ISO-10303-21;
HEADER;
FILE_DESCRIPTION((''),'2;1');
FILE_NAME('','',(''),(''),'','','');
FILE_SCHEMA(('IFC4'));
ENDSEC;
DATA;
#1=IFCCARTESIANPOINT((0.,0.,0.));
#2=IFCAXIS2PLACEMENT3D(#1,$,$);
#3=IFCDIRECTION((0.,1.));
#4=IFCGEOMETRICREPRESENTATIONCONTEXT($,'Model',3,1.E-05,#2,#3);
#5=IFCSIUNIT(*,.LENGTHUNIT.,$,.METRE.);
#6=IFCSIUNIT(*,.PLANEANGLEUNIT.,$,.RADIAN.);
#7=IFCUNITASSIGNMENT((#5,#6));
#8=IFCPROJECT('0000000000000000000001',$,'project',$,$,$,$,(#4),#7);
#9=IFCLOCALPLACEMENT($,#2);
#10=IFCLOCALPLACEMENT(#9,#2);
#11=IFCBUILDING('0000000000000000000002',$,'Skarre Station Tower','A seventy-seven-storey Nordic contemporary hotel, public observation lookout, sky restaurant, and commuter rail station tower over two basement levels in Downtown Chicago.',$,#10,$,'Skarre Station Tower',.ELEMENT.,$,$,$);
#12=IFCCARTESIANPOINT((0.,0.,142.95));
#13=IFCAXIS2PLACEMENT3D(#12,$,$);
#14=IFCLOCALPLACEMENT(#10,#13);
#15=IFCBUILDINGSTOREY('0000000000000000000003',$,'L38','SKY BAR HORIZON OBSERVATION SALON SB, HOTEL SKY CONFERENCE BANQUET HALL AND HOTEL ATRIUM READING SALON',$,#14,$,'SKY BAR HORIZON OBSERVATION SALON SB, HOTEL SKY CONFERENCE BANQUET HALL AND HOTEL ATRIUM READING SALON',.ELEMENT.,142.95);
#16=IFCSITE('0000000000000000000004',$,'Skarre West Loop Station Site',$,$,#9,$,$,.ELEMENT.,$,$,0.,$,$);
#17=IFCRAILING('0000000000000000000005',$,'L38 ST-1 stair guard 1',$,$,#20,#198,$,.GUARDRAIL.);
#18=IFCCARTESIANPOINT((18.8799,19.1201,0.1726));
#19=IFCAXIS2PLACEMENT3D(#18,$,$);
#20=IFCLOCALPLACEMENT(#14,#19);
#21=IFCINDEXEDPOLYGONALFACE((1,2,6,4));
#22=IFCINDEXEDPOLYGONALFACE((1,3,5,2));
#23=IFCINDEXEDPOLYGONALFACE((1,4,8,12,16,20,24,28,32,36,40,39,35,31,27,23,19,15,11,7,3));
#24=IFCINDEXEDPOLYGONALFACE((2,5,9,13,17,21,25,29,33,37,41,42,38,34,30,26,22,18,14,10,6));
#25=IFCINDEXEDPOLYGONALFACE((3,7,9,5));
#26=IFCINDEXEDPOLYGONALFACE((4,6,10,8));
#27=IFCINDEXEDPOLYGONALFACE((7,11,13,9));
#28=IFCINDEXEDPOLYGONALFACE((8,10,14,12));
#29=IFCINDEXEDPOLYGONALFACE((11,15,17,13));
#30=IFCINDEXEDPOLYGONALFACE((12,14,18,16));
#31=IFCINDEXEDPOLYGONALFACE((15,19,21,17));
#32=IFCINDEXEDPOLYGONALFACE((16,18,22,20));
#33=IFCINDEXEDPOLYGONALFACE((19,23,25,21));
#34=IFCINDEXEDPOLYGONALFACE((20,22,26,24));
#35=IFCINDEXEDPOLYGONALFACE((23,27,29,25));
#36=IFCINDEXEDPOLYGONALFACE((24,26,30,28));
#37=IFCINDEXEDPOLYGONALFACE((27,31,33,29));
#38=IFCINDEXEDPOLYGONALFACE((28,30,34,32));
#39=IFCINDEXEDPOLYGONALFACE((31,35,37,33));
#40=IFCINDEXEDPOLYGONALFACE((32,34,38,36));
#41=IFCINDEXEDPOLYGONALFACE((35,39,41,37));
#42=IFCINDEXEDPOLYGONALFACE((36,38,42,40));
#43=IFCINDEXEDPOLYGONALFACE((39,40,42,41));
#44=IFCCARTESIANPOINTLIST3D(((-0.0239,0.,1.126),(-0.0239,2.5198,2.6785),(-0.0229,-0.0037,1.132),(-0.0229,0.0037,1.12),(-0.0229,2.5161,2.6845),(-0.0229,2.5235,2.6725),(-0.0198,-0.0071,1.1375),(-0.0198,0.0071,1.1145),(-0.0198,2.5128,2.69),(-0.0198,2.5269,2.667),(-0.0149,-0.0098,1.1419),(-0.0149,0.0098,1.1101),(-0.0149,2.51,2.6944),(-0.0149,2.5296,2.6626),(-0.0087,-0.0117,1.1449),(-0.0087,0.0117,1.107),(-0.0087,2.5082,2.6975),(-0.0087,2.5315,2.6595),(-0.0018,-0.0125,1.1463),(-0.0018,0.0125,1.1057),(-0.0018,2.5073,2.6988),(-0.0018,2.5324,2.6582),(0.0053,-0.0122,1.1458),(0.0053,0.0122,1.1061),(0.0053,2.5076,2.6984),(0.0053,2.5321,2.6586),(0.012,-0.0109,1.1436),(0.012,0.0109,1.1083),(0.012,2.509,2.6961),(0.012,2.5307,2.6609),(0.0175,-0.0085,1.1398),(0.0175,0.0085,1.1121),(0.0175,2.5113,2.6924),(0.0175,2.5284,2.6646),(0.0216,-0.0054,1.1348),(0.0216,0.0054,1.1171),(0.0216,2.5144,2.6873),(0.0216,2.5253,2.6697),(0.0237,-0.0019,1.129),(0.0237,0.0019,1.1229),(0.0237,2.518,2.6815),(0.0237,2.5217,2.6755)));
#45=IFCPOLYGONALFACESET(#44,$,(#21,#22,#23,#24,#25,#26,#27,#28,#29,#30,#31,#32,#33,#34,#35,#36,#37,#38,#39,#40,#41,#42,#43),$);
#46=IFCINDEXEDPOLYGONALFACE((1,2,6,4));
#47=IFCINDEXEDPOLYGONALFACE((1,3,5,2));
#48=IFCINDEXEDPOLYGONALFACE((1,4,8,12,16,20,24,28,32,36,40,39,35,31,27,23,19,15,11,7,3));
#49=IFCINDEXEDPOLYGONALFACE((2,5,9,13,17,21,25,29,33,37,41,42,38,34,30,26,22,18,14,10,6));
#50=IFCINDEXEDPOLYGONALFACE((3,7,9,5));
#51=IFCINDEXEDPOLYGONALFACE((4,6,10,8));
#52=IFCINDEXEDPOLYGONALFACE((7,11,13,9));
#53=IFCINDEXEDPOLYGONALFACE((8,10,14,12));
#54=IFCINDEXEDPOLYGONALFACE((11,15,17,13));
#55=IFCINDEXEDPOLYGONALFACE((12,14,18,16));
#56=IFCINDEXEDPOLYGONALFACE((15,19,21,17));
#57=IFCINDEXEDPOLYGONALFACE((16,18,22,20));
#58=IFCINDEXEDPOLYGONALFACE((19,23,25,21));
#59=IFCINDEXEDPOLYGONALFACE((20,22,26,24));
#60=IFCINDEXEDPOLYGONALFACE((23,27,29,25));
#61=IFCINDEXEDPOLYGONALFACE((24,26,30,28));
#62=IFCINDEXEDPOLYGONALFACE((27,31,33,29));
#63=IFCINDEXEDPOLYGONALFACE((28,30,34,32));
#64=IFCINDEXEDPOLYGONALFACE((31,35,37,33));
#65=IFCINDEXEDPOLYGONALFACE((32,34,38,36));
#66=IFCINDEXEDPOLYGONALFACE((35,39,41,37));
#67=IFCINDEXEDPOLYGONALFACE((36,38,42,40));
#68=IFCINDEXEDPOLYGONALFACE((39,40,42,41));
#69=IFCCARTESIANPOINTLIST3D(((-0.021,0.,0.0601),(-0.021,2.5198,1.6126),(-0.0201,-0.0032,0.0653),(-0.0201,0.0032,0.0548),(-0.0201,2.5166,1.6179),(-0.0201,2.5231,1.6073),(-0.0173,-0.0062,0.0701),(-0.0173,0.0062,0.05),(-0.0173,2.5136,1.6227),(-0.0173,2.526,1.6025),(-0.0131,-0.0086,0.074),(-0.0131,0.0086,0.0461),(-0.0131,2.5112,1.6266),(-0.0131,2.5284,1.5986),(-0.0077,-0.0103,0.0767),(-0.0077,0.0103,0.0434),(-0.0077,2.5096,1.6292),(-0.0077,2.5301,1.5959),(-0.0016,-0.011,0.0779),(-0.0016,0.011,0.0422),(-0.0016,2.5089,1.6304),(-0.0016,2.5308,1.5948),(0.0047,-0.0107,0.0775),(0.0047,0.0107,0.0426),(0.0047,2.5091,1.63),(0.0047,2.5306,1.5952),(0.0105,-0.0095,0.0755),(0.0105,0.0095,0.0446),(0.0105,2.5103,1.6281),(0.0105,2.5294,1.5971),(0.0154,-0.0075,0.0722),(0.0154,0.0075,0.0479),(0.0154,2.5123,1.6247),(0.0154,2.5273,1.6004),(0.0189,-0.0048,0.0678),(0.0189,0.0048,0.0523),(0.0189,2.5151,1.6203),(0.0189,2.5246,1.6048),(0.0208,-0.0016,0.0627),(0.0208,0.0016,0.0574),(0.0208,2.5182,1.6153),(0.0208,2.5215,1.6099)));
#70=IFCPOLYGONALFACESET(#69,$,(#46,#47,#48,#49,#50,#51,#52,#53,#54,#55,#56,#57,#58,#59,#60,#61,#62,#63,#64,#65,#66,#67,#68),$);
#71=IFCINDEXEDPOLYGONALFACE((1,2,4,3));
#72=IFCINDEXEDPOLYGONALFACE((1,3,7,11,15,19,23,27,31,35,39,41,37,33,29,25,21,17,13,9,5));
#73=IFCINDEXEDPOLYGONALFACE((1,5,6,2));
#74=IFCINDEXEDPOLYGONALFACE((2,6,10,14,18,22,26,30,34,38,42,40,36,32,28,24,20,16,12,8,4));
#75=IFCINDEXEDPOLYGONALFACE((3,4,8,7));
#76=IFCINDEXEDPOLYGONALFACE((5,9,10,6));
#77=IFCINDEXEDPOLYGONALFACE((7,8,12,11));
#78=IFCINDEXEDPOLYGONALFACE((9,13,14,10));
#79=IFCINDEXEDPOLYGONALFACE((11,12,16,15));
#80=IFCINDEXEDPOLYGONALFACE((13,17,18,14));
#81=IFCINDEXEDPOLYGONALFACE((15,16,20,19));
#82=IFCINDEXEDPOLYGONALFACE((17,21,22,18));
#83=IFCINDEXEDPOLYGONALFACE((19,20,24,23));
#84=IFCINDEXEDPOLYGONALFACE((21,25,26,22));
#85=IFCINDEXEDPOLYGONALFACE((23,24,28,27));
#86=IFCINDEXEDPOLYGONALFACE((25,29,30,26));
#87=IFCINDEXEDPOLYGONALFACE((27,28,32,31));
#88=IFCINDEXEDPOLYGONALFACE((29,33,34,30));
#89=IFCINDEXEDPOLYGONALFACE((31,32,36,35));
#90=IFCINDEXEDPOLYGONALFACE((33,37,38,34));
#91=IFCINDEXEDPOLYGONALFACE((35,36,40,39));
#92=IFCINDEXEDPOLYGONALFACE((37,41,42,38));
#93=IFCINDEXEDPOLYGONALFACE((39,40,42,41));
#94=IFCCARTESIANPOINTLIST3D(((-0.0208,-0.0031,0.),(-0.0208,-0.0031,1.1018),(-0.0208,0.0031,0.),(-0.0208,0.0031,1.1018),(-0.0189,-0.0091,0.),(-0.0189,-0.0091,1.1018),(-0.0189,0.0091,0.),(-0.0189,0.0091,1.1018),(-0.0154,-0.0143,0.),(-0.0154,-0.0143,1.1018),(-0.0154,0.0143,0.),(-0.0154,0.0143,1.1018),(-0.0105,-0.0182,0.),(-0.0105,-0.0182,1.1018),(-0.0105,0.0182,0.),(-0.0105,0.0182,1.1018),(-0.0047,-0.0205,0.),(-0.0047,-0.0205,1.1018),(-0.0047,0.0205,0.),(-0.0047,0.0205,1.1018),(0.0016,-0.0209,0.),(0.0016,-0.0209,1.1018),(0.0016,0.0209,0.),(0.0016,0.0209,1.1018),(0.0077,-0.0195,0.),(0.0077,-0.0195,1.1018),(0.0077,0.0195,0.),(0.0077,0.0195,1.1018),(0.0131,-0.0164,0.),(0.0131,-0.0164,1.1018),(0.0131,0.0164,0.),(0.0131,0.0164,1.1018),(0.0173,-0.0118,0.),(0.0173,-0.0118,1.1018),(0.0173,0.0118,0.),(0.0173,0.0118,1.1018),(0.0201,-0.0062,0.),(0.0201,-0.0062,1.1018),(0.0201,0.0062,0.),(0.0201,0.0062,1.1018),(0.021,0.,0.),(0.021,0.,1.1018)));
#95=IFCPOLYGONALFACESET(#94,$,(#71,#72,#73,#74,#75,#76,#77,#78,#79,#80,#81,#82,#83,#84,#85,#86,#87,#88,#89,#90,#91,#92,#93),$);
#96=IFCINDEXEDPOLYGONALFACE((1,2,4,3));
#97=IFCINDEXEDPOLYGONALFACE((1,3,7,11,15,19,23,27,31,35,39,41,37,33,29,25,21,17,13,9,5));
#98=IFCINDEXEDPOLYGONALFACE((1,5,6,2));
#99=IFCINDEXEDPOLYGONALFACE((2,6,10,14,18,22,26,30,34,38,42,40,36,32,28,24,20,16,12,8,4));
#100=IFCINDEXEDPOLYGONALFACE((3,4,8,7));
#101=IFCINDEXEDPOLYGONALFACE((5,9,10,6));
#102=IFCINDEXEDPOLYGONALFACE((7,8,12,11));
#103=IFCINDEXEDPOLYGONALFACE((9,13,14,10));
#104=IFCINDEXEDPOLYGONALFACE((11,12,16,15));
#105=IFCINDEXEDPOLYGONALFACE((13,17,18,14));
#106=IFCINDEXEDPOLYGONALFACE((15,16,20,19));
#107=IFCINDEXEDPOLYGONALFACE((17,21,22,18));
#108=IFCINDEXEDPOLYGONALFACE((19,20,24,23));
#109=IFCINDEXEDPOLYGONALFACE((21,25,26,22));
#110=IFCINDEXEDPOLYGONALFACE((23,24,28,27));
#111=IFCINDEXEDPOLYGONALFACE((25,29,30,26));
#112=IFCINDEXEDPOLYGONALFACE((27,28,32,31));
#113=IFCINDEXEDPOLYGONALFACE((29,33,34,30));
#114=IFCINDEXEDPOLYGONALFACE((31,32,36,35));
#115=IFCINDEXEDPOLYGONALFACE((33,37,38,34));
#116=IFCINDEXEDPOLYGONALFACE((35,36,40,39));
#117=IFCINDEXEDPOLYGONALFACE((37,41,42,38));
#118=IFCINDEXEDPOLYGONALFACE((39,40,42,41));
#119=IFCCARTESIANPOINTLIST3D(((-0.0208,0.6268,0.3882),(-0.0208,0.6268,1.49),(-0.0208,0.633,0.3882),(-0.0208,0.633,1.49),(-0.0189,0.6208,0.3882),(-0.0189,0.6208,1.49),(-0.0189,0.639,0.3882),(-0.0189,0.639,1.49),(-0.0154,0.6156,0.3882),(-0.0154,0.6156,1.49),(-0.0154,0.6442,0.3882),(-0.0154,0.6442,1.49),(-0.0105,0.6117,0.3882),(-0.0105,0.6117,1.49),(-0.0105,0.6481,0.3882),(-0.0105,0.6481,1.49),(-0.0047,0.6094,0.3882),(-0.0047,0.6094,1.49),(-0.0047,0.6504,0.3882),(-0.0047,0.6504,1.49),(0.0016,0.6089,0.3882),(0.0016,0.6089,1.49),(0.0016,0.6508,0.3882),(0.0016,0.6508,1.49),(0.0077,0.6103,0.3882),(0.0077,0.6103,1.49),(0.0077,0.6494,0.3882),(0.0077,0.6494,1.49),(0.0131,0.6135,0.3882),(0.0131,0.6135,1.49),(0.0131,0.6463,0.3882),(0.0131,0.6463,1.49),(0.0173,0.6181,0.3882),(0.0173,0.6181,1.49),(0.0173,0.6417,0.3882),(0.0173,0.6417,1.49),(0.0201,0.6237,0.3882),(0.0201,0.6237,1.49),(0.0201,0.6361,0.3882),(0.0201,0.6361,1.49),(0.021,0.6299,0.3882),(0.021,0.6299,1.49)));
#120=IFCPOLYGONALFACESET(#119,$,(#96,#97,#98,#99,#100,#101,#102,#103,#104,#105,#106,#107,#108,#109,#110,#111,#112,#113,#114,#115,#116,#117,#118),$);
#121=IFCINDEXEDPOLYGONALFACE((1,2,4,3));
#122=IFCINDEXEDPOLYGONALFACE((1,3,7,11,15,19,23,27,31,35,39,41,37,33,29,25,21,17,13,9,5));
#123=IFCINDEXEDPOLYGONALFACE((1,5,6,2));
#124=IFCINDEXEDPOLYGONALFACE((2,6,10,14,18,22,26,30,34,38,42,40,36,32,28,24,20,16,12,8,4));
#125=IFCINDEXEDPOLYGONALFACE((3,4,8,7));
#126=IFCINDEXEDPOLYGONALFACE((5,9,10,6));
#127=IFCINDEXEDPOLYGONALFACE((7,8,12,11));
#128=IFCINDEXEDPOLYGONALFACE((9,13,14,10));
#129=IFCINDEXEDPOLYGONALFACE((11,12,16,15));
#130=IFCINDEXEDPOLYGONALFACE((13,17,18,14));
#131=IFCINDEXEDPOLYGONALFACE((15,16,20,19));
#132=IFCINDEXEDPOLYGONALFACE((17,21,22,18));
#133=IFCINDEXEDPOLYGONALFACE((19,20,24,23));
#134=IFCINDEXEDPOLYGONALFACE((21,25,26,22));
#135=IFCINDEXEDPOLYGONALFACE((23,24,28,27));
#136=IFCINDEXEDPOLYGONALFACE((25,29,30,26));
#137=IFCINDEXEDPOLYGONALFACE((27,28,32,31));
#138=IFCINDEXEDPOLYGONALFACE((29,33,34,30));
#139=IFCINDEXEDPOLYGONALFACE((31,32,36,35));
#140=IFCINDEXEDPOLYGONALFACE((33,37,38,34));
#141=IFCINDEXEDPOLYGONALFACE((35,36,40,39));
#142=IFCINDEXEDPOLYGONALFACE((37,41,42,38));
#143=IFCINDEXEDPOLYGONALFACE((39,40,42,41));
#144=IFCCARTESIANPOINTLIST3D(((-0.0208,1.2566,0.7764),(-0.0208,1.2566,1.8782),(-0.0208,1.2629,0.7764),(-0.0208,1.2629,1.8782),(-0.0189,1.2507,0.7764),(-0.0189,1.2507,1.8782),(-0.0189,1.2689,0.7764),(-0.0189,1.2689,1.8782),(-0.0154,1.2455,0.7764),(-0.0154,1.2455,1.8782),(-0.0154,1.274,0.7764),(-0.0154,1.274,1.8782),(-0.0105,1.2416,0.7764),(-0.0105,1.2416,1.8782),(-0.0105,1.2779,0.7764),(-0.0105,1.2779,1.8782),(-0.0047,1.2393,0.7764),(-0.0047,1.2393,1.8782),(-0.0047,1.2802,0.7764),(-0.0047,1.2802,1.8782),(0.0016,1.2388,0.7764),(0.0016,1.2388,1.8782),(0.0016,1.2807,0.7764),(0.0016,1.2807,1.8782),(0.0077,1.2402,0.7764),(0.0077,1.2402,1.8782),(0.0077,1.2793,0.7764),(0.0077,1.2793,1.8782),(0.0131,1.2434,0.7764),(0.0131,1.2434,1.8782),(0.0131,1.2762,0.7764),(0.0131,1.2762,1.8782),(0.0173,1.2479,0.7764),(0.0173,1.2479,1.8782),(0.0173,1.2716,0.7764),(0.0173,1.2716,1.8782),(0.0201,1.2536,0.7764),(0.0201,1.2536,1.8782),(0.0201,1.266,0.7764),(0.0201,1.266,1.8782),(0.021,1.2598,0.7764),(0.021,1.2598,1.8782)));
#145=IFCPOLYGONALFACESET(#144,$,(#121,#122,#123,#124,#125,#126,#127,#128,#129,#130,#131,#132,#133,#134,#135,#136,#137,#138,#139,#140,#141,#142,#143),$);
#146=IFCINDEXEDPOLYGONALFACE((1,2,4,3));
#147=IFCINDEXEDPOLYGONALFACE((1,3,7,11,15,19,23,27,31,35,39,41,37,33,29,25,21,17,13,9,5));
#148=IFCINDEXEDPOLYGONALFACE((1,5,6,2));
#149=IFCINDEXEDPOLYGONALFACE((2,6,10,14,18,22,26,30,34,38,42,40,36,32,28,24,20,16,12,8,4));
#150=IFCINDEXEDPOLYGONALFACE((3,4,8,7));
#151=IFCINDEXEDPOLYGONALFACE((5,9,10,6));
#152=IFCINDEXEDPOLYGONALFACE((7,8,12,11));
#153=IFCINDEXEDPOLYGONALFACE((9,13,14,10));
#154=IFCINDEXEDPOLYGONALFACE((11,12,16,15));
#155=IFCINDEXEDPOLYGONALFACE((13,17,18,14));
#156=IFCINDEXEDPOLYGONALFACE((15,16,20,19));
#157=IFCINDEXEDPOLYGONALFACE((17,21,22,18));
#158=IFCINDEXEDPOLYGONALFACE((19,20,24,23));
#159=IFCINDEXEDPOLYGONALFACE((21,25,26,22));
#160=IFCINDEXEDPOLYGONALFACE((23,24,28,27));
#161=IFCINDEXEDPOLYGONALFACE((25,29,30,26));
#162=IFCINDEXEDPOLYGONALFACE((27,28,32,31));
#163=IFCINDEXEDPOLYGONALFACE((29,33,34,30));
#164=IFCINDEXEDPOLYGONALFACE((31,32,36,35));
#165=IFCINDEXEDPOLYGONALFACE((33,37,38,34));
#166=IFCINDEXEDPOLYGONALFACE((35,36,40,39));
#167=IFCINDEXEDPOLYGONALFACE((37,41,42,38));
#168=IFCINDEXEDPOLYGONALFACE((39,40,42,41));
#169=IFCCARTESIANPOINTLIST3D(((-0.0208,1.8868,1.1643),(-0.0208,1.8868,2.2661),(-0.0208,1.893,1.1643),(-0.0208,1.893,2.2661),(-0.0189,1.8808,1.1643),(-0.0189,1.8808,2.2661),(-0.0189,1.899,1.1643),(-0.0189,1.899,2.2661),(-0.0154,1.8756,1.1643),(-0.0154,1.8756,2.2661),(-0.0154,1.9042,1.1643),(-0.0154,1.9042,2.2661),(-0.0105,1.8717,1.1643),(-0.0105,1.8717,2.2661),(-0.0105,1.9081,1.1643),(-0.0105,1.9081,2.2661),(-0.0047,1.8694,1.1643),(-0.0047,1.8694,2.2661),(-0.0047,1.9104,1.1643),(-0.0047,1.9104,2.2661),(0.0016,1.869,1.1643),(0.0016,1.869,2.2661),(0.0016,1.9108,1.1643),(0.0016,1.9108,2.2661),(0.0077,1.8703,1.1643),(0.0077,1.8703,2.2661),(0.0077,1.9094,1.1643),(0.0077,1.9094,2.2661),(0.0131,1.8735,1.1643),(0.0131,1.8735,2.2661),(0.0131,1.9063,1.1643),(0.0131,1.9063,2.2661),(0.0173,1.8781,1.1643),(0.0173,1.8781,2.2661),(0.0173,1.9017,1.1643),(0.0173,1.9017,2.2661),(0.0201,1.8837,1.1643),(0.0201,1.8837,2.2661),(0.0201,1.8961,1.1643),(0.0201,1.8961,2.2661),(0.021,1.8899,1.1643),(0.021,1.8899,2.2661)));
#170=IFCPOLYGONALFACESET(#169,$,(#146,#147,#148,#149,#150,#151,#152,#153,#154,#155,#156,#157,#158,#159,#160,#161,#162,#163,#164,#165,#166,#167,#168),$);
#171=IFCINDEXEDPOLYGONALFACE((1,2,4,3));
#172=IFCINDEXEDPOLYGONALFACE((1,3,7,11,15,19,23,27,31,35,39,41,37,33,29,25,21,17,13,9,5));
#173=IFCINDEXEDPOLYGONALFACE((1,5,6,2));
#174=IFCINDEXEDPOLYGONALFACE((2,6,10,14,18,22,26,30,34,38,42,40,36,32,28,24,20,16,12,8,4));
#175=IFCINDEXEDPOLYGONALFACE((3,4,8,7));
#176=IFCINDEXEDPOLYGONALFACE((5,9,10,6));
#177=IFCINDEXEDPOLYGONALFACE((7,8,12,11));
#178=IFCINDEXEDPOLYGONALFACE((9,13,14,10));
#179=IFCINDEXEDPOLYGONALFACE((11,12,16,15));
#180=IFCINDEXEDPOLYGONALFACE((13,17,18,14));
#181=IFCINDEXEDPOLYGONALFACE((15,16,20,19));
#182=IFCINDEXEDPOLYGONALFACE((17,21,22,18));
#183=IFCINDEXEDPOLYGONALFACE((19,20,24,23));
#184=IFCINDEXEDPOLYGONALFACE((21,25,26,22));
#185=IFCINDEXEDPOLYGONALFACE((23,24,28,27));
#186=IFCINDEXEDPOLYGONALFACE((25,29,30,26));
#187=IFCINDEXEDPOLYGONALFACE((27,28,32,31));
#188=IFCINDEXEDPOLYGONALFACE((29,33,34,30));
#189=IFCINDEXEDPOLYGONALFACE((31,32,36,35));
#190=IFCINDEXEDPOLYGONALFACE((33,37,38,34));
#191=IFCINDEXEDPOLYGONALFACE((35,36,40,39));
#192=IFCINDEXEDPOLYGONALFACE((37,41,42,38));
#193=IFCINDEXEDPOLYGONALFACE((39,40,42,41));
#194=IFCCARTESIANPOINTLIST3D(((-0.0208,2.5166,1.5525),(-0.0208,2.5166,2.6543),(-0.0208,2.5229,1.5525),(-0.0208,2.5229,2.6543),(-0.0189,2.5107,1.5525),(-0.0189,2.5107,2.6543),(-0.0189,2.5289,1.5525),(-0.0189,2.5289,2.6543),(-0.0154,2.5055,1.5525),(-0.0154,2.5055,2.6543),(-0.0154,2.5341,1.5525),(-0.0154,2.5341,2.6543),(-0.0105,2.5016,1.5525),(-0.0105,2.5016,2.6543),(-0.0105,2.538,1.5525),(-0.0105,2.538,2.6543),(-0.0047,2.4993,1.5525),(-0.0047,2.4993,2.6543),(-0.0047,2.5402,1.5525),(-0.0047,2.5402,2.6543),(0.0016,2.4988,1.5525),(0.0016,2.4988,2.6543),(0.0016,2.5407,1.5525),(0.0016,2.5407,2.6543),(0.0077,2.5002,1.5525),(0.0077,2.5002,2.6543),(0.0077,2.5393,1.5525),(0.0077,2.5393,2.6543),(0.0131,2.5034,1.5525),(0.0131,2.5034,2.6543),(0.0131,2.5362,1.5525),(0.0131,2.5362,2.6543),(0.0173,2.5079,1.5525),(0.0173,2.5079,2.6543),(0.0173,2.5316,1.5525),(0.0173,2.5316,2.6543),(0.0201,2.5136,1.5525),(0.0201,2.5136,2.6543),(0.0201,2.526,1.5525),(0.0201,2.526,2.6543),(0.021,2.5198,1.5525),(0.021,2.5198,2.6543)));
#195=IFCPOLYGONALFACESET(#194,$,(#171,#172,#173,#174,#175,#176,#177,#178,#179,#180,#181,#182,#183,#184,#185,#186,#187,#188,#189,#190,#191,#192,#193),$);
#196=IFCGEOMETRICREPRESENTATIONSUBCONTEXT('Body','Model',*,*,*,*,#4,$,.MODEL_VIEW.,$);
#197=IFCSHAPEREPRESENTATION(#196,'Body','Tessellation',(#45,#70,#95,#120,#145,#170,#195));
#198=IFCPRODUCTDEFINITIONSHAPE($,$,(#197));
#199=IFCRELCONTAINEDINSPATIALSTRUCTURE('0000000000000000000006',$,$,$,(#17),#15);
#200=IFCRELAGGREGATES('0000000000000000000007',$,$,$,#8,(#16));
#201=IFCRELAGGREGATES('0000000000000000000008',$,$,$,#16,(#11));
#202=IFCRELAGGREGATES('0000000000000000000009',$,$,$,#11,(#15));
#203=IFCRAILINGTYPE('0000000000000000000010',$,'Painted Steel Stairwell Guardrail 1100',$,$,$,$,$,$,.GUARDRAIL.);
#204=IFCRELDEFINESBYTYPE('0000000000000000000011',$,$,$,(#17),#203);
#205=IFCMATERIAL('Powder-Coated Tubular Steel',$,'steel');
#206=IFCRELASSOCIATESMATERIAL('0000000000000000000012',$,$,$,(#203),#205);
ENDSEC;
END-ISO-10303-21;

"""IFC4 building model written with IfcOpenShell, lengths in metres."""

from ifc_helpers import new_model, si_unit, direction, frame, origin, origin_2d, place, context, subcontext, project, spatial, circle, extrude, material, type_object, element, save


model = new_model("IFC4")

# Units and contexts
model_context = context("Model", 3, precision=1e-05, world=origin(), true_north=direction((0.0, 1.0)))
body_context = subcontext(model_context, "Body", "Model", "MODEL_VIEW")
ifc_project = project(units=[si_unit("LENGTHUNIT", "METRE"), si_unit("PLANEANGLEUNIT", "RADIAN")], contexts=[model_context])

# Site, building, storey
site_placement = place(None, origin())
site = spatial("IfcSite", under=ifc_project, at=site_placement, Name="Skarre West Loop Station Site", CompositionType="ELEMENT", RefElevation=0.0)
building_placement = place(site_placement, origin())
building = spatial("IfcBuilding", under=site, at=building_placement, Name="Skarre Station Tower", Description="A seventy-seven-storey Nordic contemporary hotel, public observation lookout, sky restaurant, and commuter rail station tower over two basement levels in Downtown Chicago.", LongName="Skarre Station Tower", CompositionType="ELEMENT")
storey_placement = place(building_placement, frame((0.0, 0.0, 142.95)))
storey = spatial("IfcBuildingStorey", under=building, at=storey_placement, Name="L38", Description="SKY BAR HORIZON OBSERVATION SALON SB, HOTEL SKY CONFERENCE BANQUET HALL AND HOTEL ATRIUM READING SALON", LongName="SKY BAR HORIZON OBSERVATION SALON SB, HOTEL SKY CONFERENCE BANQUET HALL AND HOTEL ATRIUM READING SALON", CompositionType="ELEMENT", Elevation=142.95)

# Railing
ifc_material_1 = material(Name="Powder-Coated Tubular Steel", Category="steel")
railing_type_1 = type_object("IfcRailingType", Name="Painted Steel Stairwell Guardrail 1100", PredefinedType="GUARDRAIL", material=ifc_material_1)
railing_1_placement = place(storey_placement, frame((18.8799, 19.1201, 0.1726)))
element("IfcRailing", 1, at=railing_1_placement, inside=storey, type_object=railing_type_1, Name="L38 ST-1 stair guard 1", PredefinedType="GUARDRAIL", context=body_context, shape_type="SweptSolid", body=[
    extrude(circle(Radius=0.0239, at=origin_2d()), frame((0.0, 0.0, 1.126), z_axis=(0.0, 0.851378, 0.524553), x_axis=(-1.0, 0.0, 0.0)), (0.0, 0.0, 1.0), 2.9597),
    extrude(circle(Radius=0.021, at=origin_2d()), frame((0.0, 0.0, 0.0601), z_axis=(0.0, 0.851378, 0.524553), x_axis=(-1.0, 0.0, 0.0)), (0.0, 0.0, 1.0), 2.9597),
    extrude(circle(Radius=0.021, at=origin_2d()), origin(), (0.0, 0.0, 1.0), 1.1018),
    extrude(circle(Radius=0.021, at=origin_2d()), frame((0.0, 0.6299, 0.3882)), (0.0, 0.0, 1.0), 1.1018),
    extrude(circle(Radius=0.021, at=origin_2d()), frame((0.0, 1.2598, 0.7764)), (0.0, 0.0, 1.0), 1.1018),
    extrude(circle(Radius=0.021, at=origin_2d()), frame((0.0, 1.8899, 1.1643)), (0.0, 0.0, 1.0), 1.1018),
    extrude(circle(Radius=0.021, at=origin_2d()), frame((0.0, 2.5198, 1.5525)), (0.0, 0.0, 1.0), 1.1018),
])

save(model, "model.ifc")
